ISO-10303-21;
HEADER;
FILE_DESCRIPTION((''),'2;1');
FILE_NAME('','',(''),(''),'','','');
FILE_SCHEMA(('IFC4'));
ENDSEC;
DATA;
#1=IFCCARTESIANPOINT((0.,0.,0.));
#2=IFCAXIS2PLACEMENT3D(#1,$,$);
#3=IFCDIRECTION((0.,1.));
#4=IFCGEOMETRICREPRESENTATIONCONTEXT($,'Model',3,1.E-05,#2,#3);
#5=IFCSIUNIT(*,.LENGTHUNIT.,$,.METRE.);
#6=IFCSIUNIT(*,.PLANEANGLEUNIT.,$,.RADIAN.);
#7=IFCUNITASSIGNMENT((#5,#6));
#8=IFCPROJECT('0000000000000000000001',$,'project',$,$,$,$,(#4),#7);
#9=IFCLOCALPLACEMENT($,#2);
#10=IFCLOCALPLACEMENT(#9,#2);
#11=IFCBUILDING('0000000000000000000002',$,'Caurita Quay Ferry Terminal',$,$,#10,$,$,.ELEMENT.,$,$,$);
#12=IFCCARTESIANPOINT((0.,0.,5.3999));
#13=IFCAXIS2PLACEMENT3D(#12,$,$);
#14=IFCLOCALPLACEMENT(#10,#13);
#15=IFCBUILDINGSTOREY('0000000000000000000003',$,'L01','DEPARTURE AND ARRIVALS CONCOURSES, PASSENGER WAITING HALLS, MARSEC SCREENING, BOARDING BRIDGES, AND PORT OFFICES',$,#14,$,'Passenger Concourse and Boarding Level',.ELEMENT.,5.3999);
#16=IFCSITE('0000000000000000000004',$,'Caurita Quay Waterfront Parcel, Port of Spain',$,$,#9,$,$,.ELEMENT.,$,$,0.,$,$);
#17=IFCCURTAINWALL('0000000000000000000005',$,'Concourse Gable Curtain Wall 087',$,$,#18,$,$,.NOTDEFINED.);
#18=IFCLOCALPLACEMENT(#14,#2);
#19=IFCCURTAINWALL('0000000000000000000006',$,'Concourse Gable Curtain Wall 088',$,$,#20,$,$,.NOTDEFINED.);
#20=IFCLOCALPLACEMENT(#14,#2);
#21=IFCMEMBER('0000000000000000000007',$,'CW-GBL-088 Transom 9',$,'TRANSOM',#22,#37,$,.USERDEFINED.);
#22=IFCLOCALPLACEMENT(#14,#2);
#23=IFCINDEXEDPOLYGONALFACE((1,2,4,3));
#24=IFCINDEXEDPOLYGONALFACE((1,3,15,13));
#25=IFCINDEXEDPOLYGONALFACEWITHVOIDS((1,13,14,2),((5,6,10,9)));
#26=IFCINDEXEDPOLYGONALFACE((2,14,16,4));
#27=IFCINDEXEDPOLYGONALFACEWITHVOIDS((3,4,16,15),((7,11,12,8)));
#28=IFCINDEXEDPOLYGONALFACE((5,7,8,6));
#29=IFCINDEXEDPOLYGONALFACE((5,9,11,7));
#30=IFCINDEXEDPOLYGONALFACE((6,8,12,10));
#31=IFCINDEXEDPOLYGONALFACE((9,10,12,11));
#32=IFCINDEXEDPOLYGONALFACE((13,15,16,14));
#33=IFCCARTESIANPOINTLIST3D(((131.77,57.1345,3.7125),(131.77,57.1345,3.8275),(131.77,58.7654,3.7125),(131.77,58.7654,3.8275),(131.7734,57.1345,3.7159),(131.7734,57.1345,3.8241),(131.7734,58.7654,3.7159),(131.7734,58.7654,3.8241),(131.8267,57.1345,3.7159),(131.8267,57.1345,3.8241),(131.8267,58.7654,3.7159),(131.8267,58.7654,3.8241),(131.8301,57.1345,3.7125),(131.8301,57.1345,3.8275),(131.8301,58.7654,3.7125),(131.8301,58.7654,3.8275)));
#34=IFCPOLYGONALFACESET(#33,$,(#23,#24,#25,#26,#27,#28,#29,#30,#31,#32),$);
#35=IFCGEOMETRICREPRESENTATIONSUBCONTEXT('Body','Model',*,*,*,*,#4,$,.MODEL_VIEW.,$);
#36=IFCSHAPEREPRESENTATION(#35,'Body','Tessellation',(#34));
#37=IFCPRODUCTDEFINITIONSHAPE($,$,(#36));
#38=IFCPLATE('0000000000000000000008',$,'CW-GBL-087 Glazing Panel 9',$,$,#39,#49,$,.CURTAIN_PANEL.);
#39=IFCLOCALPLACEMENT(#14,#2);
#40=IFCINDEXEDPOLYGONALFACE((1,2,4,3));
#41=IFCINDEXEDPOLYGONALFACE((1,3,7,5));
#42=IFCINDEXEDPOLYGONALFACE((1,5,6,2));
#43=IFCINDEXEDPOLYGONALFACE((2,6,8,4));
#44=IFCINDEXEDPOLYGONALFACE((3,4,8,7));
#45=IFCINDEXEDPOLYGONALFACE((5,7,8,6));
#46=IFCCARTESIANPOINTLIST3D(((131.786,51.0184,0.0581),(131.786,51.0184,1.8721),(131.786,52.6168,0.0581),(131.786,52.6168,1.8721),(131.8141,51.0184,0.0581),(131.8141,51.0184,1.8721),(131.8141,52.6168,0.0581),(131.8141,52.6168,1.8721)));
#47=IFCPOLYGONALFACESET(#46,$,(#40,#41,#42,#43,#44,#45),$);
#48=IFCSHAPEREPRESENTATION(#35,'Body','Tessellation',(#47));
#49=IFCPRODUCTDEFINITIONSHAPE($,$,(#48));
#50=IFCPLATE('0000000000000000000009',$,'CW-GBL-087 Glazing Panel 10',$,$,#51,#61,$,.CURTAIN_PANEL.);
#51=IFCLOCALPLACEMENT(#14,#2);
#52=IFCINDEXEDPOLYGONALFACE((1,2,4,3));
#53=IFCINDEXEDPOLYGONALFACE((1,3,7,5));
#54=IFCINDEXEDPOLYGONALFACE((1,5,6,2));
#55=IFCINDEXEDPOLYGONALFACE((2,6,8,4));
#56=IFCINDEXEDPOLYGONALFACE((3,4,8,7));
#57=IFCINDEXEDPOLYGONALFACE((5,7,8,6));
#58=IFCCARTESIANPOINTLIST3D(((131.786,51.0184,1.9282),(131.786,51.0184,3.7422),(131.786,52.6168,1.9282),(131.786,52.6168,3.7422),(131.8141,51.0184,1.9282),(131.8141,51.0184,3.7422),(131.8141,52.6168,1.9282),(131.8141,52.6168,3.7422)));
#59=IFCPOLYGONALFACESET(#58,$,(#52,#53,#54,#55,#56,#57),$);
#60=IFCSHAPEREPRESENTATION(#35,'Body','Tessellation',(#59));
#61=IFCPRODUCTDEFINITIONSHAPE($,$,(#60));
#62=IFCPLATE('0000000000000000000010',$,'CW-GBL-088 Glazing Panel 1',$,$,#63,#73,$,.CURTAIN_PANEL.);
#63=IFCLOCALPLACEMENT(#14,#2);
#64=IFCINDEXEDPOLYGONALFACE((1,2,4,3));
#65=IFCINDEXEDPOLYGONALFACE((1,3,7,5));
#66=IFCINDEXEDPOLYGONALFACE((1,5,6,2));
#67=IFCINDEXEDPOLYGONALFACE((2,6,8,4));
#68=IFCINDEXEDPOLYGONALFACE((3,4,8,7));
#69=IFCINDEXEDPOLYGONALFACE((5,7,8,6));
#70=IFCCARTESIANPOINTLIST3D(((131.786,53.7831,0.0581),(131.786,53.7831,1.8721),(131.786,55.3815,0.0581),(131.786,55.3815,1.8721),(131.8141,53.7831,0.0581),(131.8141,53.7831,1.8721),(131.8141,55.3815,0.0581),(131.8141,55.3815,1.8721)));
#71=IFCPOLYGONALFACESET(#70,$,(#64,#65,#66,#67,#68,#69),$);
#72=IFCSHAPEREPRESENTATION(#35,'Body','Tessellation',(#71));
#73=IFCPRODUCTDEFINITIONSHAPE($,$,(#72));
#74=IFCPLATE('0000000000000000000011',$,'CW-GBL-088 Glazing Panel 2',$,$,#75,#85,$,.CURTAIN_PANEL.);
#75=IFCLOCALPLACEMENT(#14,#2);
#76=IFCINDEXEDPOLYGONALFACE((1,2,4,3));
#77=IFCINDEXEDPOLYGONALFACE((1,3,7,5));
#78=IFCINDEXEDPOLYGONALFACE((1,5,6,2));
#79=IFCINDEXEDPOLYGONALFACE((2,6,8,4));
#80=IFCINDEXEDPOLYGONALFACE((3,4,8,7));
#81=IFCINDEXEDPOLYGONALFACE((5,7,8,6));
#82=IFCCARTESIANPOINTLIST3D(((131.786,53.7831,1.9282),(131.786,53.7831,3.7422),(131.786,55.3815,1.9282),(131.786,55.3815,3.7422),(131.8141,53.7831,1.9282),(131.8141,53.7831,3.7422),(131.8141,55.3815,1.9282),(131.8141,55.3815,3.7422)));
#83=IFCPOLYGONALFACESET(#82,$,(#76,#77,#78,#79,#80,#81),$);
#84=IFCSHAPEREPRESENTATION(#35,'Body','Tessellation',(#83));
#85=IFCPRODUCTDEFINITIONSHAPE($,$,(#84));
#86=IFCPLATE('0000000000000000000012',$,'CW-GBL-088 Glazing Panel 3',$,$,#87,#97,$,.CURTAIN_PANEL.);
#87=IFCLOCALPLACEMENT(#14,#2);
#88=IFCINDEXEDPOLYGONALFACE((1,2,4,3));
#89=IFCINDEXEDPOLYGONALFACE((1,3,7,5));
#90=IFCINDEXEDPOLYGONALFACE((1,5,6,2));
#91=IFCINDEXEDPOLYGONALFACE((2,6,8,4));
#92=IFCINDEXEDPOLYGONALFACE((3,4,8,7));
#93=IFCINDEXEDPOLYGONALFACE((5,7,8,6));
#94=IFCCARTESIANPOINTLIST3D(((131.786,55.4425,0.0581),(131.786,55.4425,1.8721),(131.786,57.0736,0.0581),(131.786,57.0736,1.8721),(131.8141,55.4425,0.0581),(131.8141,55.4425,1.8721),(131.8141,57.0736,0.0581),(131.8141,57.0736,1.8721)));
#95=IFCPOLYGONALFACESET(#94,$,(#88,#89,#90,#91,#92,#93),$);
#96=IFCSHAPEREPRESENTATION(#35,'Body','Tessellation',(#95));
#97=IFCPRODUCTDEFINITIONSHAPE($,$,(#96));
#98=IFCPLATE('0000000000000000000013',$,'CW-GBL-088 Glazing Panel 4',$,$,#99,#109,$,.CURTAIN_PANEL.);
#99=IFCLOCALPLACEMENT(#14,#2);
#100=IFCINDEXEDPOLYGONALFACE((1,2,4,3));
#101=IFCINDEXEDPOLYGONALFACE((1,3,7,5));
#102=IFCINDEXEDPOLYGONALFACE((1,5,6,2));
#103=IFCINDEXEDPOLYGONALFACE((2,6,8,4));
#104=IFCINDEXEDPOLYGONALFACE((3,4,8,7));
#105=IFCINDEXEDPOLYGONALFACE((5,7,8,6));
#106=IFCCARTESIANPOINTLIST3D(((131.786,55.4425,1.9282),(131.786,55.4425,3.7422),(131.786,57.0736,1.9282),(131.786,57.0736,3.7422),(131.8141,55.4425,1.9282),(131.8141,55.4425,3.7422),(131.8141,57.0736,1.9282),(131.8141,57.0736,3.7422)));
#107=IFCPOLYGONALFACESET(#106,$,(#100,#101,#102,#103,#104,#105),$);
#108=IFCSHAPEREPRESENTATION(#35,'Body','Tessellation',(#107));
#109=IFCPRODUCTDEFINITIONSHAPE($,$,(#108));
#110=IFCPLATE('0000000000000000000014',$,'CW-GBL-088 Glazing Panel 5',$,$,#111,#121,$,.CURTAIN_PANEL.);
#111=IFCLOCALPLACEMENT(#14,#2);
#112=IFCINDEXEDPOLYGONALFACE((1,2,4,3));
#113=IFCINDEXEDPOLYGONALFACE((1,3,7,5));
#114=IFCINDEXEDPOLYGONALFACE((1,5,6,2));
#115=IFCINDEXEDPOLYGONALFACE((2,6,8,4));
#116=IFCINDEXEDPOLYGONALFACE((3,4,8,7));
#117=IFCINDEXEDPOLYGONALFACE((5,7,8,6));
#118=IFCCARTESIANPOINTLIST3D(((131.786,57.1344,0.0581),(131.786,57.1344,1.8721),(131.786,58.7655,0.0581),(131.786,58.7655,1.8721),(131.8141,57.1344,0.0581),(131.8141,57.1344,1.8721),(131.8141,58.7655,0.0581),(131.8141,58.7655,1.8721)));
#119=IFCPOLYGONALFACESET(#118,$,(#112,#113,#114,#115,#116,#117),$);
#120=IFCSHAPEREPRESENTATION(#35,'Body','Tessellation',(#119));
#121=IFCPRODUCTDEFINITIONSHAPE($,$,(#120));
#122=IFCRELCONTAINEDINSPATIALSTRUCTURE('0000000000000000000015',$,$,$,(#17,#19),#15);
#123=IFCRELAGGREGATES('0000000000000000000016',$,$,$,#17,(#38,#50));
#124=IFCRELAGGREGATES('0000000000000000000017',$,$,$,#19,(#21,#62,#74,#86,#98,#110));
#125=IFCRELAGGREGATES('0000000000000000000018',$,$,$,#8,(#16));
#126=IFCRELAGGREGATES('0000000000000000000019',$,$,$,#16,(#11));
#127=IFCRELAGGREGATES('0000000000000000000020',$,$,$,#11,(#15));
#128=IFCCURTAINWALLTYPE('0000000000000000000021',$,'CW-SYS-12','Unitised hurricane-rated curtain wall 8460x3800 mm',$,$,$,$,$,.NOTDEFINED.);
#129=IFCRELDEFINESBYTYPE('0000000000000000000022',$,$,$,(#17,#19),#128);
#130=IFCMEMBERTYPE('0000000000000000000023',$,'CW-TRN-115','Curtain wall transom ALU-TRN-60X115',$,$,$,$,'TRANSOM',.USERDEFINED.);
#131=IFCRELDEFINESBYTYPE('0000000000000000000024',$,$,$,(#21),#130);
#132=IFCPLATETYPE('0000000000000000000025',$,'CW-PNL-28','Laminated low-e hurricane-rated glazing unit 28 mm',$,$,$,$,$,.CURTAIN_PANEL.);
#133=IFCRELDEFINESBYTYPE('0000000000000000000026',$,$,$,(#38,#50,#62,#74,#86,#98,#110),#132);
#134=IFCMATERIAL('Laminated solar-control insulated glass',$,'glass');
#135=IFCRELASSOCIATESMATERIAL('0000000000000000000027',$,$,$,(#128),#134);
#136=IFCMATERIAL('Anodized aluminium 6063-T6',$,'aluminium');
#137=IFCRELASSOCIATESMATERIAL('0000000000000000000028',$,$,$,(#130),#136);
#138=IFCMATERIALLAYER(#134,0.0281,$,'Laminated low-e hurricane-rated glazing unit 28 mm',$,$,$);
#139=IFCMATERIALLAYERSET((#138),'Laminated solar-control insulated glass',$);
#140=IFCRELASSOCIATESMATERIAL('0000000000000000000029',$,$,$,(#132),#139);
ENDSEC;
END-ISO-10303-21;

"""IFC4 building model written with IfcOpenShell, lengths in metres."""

from ifc_helpers import new_model, si_unit, direction, frame, origin, origin_2d, place, context, subcontext, project, spatial, rectangle, hollow_rectangle, extrude, material, layer, layer_set, material_profile, profile_set, type_object, element, aggregate, save


model = new_model("IFC4")

# Units and contexts
model_context = context("Model", 3, precision=1e-05, world=origin(), true_north=direction((0.0, 1.0)))
body_context = subcontext(model_context, "Body", "Model", "MODEL_VIEW")
ifc_project = project(units=[si_unit("LENGTHUNIT", "METRE"), si_unit("PLANEANGLEUNIT", "RADIAN")], contexts=[model_context])

# Site, building, storey
site_placement = place(None, origin())
site = spatial("IfcSite", under=ifc_project, at=site_placement, Name="Caurita Quay Waterfront Parcel, Port of Spain", CompositionType="ELEMENT", RefElevation=0.0)
building_placement = place(site_placement, origin())
building = spatial("IfcBuilding", under=site, at=building_placement, Name="Caurita Quay Ferry Terminal", CompositionType="ELEMENT")
storey_placement = place(building_placement, frame((0.0, 0.0, 5.3999)))
storey = spatial("IfcBuildingStorey", under=building, at=storey_placement, Name="L01", Description="DEPARTURE AND ARRIVALS CONCOURSES, PASSENGER WAITING HALLS, MARSEC SCREENING, BOARDING BRIDGES, AND PORT OFFICES", LongName="Passenger Concourse and Boarding Level", CompositionType="ELEMENT", Elevation=5.3999)

# Curtain walls
ifc_material_1 = material(Name="Laminated solar-control insulated glass", Category="glass")
curtain_wall_type = type_object("IfcCurtainWallType", Name="CW-SYS-12", Description="Unitised hurricane-rated curtain wall 8460x3800 mm", PredefinedType="NOTDEFINED", material=ifc_material_1)
curtain_wall_1_placement = place(storey_placement, origin())
curtain_wall_1 = element("IfcCurtainWall", 1, at=curtain_wall_1_placement, inside=storey, type_object=curtain_wall_type, Name="Concourse Gable Curtain Wall 087", PredefinedType="NOTDEFINED")
ifc_material_2 = material(Name="Anodized aluminium 6063-T6", Category="aluminium")
curtain_wall_2_placement = place(storey_placement, origin())
curtain_wall_2 = element("IfcCurtainWall", 2, at=curtain_wall_2_placement, inside=storey, type_object=curtain_wall_type, Name="Concourse Gable Curtain Wall 088", PredefinedType="NOTDEFINED")

# Member
ifc_material_profile_1 = material_profile(ifc_material_2, hollow_rectangle(XDim=0.0601, YDim=0.115, WallThickness=0.0034, at=origin_2d()), Name="ALU-TRN-60X115")
ifc_profile_set_1 = profile_set([ifc_material_profile_1], Name="Anodized aluminium 6063-T6")
member_type_1 = type_object("IfcMemberType", Name="CW-TRN-115", Description="Curtain wall transom ALU-TRN-60X115", ElementType="TRANSOM", PredefinedType="USERDEFINED", material=ifc_profile_set_1)
member_1_placement = place(storey_placement, frame((131.8, 57.1345, 3.77), z_axis=(0.0, 1.0, 0.0), x_axis=(-1.0, 0.0, 0.0)))
member_1 = element("IfcMember", 3, at=member_1_placement, type_object=member_type_1, Name="CW-GBL-088 Transom 9", ObjectType="TRANSOM", PredefinedType="USERDEFINED", context=body_context, shape_type="SweptSolid", body=[
    extrude(hollow_rectangle(XDim=0.0601, YDim=0.115, WallThickness=0.0034, at=origin_2d()), origin(), (0.0, 0.0, 1.0), 1.6309),
])

# Plates
ifc_layer = layer(ifc_material_1, 0.0281, Name="Laminated low-e hurricane-rated glazing unit 28 mm")
ifc_layer_set = layer_set([ifc_layer], Name="Laminated solar-control insulated glass")
plate_type = type_object("IfcPlateType", Name="CW-PNL-28", Description="Laminated low-e hurricane-rated glazing unit 28 mm", PredefinedType="CURTAIN_PANEL", material=ifc_layer_set)
plate_1_placement = place(storey_placement, frame((131.8, 51.8176, 0.0581), z_axis=(0.0, 0.0, 1.0), x_axis=(0.0, 1.0, 0.0)))
plate_1 = element("IfcPlate", 4, at=plate_1_placement, type_object=plate_type, Name="CW-GBL-087 Glazing Panel 9", PredefinedType="CURTAIN_PANEL", context=body_context, shape_type="SweptSolid", body=[
    extrude(rectangle(XDim=1.5984, YDim=0.0281, at=origin_2d()), origin(), (0.0, 0.0, 1.0), 1.814),
])
plate_2_placement = place(storey_placement, frame((131.8, 51.8176, 1.9282), z_axis=(0.0, 0.0, 1.0), x_axis=(0.0, 1.0, 0.0)))
plate_2 = element("IfcPlate", 5, at=plate_2_placement, type_object=plate_type, Name="CW-GBL-087 Glazing Panel 10", PredefinedType="CURTAIN_PANEL", context=body_context, shape_type="SweptSolid", body=[
    extrude(rectangle(XDim=1.5984, YDim=0.0281, at=origin_2d()), origin(), (0.0, 0.0, 1.0), 1.814),
])
aggregate(curtain_wall_1, [plate_1, plate_2])
plate_3_placement = place(storey_placement, frame((131.8, 54.5823, 0.0581), z_axis=(0.0, 0.0, 1.0), x_axis=(0.0, 1.0, 0.0)))
plate_3 = element("IfcPlate", 6, at=plate_3_placement, type_object=plate_type, Name="CW-GBL-088 Glazing Panel 1", PredefinedType="CURTAIN_PANEL", context=body_context, shape_type="SweptSolid", body=[
    extrude(rectangle(XDim=1.5984, YDim=0.0281, at=origin_2d()), origin(), (0.0, 0.0, 1.0), 1.814),
])
plate_4_placement = place(storey_placement, frame((131.8, 54.5823, 1.9282), z_axis=(0.0, 0.0, 1.0), x_axis=(0.0, 1.0, 0.0)))
plate_4 = element("IfcPlate", 7, at=plate_4_placement, type_object=plate_type, Name="CW-GBL-088 Glazing Panel 2", PredefinedType="CURTAIN_PANEL", context=body_context, shape_type="SweptSolid", body=[
    extrude(rectangle(XDim=1.5984, YDim=0.0281, at=origin_2d()), origin(), (0.0, 0.0, 1.0), 1.814),
])
plate_5_placement = place(storey_placement, frame((131.8, 56.2581, 0.0581), z_axis=(0.0, 0.0, 1.0), x_axis=(0.0, 1.0, 0.0)))
plate_5 = element("IfcPlate", 8, at=plate_5_placement, type_object=plate_type, Name="CW-GBL-088 Glazing Panel 3", PredefinedType="CURTAIN_PANEL", context=body_context, shape_type="SweptSolid", body=[
    extrude(rectangle(XDim=1.6311, YDim=0.0281, at=origin_2d()), origin(), (0.0, 0.0, 1.0), 1.814),
])
plate_6_placement = place(storey_placement, frame((131.8, 56.2581, 1.9282), z_axis=(0.0, 0.0, 1.0), x_axis=(0.0, 1.0, 0.0)))
plate_6 = element("IfcPlate", 9, at=plate_6_placement, type_object=plate_type, Name="CW-GBL-088 Glazing Panel 4", PredefinedType="CURTAIN_PANEL", context=body_context, shape_type="SweptSolid", body=[
    extrude(rectangle(XDim=1.6311, YDim=0.0281, at=origin_2d()), origin(), (0.0, 0.0, 1.0), 1.814),
])
plate_7_placement = place(storey_placement, frame((131.8, 57.95, 0.0581), z_axis=(0.0, 0.0, 1.0), x_axis=(0.0, 1.0, 0.0)))
plate_7 = element("IfcPlate", 10, at=plate_7_placement, type_object=plate_type, Name="CW-GBL-088 Glazing Panel 5", PredefinedType="CURTAIN_PANEL", context=body_context, shape_type="SweptSolid", body=[
    extrude(rectangle(XDim=1.6311, YDim=0.0281, at=origin_2d()), origin(), (0.0, 0.0, 1.0), 1.814),
])
aggregate(curtain_wall_2, [member_1, plate_3, plate_4, plate_5, plate_6, plate_7])

save(model, "model.ifc")
